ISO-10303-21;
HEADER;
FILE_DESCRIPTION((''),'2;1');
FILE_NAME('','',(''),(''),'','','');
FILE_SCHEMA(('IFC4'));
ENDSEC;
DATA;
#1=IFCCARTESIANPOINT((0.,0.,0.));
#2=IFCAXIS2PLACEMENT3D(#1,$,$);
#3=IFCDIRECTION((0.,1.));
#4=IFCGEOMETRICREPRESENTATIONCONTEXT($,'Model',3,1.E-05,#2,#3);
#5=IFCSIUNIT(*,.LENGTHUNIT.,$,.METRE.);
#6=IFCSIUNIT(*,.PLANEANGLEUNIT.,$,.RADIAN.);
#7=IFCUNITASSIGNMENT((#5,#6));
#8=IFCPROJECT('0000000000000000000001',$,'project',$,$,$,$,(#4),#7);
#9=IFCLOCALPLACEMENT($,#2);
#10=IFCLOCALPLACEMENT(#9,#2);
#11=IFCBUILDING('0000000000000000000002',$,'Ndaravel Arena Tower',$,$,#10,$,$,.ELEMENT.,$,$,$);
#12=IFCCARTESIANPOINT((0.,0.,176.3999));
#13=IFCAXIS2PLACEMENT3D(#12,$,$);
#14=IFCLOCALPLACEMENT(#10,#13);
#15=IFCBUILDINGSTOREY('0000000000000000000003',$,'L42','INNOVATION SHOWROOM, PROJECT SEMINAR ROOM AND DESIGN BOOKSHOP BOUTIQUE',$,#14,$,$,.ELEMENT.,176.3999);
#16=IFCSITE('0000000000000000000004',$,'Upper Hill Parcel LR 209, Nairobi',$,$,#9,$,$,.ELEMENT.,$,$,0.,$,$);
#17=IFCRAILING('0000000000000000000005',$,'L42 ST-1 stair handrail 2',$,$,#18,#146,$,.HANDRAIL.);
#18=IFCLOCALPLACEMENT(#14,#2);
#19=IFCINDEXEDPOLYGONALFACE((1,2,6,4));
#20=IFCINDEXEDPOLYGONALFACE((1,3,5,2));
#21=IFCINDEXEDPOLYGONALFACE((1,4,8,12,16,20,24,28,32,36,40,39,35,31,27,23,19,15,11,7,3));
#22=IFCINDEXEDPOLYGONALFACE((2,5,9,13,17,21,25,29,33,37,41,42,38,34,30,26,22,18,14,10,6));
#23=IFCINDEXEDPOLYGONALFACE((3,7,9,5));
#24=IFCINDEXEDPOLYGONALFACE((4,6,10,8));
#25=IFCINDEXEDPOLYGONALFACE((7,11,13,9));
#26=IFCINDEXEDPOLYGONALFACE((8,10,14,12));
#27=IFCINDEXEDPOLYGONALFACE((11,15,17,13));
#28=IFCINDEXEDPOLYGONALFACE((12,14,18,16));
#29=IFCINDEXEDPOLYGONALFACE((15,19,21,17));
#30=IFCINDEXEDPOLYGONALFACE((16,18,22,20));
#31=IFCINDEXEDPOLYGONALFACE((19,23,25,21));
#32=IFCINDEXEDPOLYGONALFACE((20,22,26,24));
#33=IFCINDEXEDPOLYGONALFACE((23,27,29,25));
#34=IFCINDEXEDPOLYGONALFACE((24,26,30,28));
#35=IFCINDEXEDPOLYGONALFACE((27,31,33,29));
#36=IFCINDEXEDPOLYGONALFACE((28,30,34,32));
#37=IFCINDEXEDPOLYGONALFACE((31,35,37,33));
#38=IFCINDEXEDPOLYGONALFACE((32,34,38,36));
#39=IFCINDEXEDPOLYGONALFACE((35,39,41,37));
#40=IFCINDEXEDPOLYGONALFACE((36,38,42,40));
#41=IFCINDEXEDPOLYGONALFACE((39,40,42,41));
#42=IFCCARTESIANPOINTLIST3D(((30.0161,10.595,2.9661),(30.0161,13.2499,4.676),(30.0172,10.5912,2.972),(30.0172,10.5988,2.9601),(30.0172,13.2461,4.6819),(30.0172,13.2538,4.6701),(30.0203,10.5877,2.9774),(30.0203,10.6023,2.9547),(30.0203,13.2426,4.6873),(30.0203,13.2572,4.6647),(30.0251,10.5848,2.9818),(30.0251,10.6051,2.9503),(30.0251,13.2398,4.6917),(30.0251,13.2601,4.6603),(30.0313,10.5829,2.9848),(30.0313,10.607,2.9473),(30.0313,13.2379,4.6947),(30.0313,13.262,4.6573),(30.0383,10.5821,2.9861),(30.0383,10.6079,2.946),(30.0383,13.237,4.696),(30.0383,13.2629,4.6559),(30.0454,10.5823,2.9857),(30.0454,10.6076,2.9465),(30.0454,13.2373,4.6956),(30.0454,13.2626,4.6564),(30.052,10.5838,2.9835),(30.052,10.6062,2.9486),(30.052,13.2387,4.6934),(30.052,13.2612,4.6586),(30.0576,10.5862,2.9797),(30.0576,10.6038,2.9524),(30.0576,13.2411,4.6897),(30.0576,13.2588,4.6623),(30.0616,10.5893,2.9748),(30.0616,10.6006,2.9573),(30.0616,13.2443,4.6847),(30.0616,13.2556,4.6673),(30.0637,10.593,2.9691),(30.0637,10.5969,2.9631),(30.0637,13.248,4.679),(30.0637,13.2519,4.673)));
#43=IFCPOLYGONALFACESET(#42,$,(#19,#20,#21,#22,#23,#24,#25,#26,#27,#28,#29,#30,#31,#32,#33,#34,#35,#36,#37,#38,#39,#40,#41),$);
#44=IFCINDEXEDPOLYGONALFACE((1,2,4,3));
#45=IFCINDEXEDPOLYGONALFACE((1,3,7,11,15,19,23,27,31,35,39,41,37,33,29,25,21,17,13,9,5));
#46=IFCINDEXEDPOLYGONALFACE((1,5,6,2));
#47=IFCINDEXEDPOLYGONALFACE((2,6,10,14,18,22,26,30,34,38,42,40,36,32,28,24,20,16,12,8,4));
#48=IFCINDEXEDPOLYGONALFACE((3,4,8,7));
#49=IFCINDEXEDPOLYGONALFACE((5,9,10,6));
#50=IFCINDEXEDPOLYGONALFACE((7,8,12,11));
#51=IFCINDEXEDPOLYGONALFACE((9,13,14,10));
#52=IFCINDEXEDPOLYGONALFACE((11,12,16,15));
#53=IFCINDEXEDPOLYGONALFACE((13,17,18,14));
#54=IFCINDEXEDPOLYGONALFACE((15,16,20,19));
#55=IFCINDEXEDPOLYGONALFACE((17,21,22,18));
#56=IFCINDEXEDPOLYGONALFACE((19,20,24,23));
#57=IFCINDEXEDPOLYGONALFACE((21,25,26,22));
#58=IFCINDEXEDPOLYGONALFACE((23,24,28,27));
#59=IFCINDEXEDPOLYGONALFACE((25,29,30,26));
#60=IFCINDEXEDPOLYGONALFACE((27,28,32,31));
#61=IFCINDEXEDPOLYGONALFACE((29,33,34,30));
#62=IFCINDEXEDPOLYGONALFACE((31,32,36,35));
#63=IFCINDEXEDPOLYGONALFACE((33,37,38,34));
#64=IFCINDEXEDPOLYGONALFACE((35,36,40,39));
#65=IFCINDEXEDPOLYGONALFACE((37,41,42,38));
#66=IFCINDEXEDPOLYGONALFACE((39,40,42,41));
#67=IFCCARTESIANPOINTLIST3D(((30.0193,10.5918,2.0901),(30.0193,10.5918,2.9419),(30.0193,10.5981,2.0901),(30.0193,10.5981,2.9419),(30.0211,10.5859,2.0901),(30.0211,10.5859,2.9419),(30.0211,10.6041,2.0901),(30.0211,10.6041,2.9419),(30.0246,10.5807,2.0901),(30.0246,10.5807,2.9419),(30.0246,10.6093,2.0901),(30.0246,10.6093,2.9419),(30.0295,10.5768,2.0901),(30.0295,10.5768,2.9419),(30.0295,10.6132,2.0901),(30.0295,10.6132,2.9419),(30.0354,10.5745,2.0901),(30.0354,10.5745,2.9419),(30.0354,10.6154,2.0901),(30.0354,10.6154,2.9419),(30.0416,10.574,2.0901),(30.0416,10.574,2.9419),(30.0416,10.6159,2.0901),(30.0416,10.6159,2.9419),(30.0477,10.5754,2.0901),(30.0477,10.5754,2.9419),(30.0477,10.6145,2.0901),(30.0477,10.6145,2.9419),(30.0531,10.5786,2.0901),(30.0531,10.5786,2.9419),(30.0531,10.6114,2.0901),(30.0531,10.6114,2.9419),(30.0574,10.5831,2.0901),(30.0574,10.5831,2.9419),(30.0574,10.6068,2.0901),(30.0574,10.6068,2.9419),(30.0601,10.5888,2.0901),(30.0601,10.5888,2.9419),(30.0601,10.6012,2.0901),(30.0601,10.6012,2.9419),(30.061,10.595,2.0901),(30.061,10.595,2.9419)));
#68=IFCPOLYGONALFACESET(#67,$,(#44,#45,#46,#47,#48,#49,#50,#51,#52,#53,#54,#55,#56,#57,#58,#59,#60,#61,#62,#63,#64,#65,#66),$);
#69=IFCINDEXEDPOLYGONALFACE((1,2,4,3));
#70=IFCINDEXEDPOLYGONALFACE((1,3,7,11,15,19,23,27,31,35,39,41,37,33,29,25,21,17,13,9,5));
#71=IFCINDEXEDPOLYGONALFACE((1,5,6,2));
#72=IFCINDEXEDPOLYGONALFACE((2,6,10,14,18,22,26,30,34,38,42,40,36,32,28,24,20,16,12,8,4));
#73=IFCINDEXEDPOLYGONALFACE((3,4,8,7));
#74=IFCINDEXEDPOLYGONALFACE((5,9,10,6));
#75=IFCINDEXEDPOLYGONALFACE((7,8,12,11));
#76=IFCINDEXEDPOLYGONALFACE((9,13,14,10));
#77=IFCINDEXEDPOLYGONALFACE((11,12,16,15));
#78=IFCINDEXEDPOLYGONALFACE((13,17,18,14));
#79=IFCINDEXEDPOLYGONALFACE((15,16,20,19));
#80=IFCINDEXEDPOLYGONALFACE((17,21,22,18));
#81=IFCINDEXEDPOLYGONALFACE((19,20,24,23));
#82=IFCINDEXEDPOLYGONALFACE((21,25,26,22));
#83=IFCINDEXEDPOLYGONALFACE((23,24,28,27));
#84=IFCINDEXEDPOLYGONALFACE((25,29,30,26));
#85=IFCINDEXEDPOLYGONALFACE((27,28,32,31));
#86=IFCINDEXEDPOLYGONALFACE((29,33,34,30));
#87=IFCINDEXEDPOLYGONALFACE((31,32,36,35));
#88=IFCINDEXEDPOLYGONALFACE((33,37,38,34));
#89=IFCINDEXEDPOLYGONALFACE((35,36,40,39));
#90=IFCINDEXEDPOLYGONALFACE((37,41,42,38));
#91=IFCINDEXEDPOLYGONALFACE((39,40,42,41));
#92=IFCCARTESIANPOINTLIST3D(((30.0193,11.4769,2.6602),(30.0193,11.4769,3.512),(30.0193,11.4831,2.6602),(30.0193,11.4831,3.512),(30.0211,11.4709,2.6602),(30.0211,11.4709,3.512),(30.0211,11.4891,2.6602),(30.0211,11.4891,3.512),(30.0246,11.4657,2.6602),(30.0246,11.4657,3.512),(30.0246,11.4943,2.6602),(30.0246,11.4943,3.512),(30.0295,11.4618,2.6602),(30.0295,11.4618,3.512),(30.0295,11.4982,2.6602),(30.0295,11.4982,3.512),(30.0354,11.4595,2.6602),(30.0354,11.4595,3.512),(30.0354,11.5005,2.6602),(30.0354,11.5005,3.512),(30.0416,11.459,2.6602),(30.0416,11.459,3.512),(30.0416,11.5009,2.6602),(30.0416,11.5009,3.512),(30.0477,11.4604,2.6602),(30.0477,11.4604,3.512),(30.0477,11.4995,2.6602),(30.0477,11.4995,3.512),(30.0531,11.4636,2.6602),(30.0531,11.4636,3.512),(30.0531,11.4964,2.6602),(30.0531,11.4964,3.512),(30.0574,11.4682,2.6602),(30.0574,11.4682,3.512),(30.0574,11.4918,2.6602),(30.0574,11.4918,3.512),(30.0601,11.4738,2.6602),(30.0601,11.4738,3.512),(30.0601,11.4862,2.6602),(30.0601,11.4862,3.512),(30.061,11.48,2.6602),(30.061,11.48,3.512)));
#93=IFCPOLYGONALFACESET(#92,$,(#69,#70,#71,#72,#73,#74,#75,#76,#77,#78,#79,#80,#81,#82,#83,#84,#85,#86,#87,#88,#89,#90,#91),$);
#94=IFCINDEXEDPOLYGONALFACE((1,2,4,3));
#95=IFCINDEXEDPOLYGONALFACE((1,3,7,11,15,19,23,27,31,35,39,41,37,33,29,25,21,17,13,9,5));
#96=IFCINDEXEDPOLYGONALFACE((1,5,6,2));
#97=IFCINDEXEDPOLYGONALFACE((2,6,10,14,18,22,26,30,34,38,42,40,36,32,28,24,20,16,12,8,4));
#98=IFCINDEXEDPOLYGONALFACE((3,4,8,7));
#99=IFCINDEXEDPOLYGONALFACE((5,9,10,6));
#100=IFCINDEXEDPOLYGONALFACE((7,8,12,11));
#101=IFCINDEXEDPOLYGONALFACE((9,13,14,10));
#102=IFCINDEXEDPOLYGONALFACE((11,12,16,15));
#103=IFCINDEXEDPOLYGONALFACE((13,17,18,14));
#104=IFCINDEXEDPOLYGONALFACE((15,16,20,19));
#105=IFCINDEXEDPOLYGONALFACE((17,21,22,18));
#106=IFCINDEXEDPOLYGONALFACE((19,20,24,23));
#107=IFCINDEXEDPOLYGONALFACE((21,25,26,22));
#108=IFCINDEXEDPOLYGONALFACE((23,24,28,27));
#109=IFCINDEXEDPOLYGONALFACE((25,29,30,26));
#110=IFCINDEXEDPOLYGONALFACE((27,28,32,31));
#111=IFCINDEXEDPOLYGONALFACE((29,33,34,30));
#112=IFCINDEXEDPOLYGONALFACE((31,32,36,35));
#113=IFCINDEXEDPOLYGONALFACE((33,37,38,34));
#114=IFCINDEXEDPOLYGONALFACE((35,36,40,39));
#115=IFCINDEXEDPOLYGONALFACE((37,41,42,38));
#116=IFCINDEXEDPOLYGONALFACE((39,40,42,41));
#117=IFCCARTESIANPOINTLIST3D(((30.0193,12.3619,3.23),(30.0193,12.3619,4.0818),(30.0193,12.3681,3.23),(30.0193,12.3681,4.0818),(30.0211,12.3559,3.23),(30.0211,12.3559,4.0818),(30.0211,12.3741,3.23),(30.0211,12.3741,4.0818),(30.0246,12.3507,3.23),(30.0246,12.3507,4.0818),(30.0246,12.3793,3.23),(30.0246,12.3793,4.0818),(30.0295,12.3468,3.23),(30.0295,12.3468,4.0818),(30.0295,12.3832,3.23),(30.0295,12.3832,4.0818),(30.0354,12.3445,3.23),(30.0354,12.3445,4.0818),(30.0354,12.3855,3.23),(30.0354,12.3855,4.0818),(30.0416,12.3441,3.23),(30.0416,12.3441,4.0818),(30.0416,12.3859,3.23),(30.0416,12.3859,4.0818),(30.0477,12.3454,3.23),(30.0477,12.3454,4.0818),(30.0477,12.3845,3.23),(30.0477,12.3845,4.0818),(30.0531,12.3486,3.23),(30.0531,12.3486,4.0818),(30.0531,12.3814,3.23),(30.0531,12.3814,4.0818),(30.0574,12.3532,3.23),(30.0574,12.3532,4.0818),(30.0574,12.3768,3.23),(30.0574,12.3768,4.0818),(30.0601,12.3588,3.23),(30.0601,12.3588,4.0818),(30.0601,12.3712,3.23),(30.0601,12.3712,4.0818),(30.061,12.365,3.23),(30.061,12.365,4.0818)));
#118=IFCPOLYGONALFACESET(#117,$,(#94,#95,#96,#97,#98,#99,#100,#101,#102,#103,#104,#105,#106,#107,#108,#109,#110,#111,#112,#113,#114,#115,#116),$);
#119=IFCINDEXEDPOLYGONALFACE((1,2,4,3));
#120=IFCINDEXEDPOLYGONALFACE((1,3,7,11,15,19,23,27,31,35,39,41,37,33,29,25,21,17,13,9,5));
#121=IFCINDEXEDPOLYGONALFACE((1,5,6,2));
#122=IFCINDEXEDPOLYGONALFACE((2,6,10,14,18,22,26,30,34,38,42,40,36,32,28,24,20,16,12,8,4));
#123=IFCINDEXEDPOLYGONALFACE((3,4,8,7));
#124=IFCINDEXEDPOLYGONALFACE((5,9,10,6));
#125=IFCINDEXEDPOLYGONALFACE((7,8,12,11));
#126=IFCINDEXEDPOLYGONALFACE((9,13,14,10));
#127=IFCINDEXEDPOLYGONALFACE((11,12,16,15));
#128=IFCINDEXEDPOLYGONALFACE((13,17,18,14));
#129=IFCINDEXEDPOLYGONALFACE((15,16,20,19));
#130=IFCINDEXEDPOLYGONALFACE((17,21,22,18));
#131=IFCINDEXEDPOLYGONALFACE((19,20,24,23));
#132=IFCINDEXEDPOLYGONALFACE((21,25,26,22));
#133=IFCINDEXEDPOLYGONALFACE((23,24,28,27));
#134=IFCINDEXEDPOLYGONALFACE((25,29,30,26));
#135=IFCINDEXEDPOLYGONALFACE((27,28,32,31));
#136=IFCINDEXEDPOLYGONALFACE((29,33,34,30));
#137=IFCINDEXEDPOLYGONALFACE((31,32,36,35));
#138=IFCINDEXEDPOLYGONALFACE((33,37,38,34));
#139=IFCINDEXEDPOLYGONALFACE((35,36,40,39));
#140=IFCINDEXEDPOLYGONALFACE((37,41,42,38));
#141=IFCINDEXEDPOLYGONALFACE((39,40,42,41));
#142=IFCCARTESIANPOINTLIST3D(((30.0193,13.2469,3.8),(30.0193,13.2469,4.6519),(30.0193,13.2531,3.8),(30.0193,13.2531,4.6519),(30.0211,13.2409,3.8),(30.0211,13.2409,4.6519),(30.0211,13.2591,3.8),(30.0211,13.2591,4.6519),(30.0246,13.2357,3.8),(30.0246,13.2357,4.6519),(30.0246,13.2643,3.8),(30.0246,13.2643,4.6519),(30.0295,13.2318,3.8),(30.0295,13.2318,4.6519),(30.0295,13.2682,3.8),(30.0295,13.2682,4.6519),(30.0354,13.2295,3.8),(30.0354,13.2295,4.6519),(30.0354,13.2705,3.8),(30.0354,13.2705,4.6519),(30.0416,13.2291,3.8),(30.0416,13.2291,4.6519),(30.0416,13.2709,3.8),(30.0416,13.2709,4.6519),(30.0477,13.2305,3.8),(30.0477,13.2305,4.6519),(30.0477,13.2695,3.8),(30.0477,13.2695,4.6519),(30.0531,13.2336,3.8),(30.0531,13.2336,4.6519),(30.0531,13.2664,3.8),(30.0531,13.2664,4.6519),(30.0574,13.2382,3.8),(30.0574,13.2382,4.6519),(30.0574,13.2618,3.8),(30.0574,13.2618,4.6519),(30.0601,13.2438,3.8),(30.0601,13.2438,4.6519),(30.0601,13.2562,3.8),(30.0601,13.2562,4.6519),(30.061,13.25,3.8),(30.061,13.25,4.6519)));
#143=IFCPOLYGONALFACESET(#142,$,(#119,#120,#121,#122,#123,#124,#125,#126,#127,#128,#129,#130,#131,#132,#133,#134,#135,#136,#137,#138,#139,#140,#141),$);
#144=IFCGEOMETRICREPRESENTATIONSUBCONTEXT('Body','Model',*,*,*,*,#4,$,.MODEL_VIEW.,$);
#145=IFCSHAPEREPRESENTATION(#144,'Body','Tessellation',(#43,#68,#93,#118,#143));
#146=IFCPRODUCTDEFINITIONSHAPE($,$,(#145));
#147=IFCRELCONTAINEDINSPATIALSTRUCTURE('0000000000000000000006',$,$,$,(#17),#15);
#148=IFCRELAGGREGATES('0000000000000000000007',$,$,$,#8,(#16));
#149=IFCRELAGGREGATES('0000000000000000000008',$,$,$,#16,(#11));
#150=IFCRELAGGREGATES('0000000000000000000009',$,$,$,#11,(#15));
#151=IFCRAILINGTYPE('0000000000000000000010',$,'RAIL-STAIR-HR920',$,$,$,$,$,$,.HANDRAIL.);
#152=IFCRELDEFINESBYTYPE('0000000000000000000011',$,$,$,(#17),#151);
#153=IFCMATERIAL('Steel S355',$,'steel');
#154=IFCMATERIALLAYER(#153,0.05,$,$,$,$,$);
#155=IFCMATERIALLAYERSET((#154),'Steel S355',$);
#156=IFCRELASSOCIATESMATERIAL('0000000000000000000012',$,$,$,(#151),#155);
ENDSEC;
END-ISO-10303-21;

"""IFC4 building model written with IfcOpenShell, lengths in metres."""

from ifc_helpers import new_model, si_unit, direction, frame, origin, origin_2d, place, context, subcontext, project, spatial, circle, extrude, material, layer, layer_set, type_object, element, save


model = new_model("IFC4")

# Units and contexts
model_context = context("Model", 3, precision=1e-05, world=origin(), true_north=direction((0.0, 1.0)))
body_context = subcontext(model_context, "Body", "Model", "MODEL_VIEW")
ifc_project = project(units=[si_unit("LENGTHUNIT", "METRE"), si_unit("PLANEANGLEUNIT", "RADIAN")], contexts=[model_context])

# Site, building, storey
site_placement = place(None, origin())
site = spatial("IfcSite", under=ifc_project, at=site_placement, Name="Upper Hill Parcel LR 209, Nairobi", CompositionType="ELEMENT", RefElevation=0.0)
building_placement = place(site_placement, origin())
building = spatial("IfcBuilding", under=site, at=building_placement, Name="Ndaravel Arena Tower", CompositionType="ELEMENT")
storey_placement = place(building_placement, frame((0.0, 0.0, 176.3999)))
storey = spatial("IfcBuildingStorey", under=building, at=storey_placement, Name="L42", Description="INNOVATION SHOWROOM, PROJECT SEMINAR ROOM AND DESIGN BOOKSHOP BOUTIQUE", CompositionType="ELEMENT", Elevation=176.3999)

# Railing
ifc_material_1 = material(Name="Steel S355", Category="steel")
ifc_layer_1 = layer(ifc_material_1, 0.05)
ifc_layer_set_1 = layer_set([ifc_layer_1], Name="Steel S355")
railing_type_1 = type_object("IfcRailingType", Name="RAIL-STAIR-HR920", PredefinedType="HANDRAIL", material=ifc_layer_set_1)
railing_1_placement = place(storey_placement, frame((30.04, 10.595, 2.0901)))
element("IfcRailing", 1, at=railing_1_placement, inside=storey, type_object=railing_type_1, Name="L42 ST-1 stair handrail 2", PredefinedType="HANDRAIL", context=body_context, shape_type="SweptSolid", body=[
    extrude(circle(Radius=0.0239, at=origin_2d()), frame((0.0, 0.0, 0.876), z_axis=(0.0, 0.840724, 0.541465), x_axis=(-1.0, 0.0, 0.0)), (0.0, 0.0, 1.0), 3.158),
    extrude(circle(Radius=0.021, at=origin_2d()), origin(), (0.0, 0.0, 1.0), 0.8518),
    extrude(circle(Radius=0.021, at=origin_2d()), frame((0.0, 0.885, 0.5701)), (0.0, 0.0, 1.0), 0.8518),
    extrude(circle(Radius=0.021, at=origin_2d()), frame((0.0, 1.77, 1.1399)), (0.0, 0.0, 1.0), 0.8518),
    extrude(circle(Radius=0.021, at=origin_2d()), frame((0.0, 2.655, 1.71)), (0.0, 0.0, 1.0), 0.8518),
])

save(model, "model.ifc")
